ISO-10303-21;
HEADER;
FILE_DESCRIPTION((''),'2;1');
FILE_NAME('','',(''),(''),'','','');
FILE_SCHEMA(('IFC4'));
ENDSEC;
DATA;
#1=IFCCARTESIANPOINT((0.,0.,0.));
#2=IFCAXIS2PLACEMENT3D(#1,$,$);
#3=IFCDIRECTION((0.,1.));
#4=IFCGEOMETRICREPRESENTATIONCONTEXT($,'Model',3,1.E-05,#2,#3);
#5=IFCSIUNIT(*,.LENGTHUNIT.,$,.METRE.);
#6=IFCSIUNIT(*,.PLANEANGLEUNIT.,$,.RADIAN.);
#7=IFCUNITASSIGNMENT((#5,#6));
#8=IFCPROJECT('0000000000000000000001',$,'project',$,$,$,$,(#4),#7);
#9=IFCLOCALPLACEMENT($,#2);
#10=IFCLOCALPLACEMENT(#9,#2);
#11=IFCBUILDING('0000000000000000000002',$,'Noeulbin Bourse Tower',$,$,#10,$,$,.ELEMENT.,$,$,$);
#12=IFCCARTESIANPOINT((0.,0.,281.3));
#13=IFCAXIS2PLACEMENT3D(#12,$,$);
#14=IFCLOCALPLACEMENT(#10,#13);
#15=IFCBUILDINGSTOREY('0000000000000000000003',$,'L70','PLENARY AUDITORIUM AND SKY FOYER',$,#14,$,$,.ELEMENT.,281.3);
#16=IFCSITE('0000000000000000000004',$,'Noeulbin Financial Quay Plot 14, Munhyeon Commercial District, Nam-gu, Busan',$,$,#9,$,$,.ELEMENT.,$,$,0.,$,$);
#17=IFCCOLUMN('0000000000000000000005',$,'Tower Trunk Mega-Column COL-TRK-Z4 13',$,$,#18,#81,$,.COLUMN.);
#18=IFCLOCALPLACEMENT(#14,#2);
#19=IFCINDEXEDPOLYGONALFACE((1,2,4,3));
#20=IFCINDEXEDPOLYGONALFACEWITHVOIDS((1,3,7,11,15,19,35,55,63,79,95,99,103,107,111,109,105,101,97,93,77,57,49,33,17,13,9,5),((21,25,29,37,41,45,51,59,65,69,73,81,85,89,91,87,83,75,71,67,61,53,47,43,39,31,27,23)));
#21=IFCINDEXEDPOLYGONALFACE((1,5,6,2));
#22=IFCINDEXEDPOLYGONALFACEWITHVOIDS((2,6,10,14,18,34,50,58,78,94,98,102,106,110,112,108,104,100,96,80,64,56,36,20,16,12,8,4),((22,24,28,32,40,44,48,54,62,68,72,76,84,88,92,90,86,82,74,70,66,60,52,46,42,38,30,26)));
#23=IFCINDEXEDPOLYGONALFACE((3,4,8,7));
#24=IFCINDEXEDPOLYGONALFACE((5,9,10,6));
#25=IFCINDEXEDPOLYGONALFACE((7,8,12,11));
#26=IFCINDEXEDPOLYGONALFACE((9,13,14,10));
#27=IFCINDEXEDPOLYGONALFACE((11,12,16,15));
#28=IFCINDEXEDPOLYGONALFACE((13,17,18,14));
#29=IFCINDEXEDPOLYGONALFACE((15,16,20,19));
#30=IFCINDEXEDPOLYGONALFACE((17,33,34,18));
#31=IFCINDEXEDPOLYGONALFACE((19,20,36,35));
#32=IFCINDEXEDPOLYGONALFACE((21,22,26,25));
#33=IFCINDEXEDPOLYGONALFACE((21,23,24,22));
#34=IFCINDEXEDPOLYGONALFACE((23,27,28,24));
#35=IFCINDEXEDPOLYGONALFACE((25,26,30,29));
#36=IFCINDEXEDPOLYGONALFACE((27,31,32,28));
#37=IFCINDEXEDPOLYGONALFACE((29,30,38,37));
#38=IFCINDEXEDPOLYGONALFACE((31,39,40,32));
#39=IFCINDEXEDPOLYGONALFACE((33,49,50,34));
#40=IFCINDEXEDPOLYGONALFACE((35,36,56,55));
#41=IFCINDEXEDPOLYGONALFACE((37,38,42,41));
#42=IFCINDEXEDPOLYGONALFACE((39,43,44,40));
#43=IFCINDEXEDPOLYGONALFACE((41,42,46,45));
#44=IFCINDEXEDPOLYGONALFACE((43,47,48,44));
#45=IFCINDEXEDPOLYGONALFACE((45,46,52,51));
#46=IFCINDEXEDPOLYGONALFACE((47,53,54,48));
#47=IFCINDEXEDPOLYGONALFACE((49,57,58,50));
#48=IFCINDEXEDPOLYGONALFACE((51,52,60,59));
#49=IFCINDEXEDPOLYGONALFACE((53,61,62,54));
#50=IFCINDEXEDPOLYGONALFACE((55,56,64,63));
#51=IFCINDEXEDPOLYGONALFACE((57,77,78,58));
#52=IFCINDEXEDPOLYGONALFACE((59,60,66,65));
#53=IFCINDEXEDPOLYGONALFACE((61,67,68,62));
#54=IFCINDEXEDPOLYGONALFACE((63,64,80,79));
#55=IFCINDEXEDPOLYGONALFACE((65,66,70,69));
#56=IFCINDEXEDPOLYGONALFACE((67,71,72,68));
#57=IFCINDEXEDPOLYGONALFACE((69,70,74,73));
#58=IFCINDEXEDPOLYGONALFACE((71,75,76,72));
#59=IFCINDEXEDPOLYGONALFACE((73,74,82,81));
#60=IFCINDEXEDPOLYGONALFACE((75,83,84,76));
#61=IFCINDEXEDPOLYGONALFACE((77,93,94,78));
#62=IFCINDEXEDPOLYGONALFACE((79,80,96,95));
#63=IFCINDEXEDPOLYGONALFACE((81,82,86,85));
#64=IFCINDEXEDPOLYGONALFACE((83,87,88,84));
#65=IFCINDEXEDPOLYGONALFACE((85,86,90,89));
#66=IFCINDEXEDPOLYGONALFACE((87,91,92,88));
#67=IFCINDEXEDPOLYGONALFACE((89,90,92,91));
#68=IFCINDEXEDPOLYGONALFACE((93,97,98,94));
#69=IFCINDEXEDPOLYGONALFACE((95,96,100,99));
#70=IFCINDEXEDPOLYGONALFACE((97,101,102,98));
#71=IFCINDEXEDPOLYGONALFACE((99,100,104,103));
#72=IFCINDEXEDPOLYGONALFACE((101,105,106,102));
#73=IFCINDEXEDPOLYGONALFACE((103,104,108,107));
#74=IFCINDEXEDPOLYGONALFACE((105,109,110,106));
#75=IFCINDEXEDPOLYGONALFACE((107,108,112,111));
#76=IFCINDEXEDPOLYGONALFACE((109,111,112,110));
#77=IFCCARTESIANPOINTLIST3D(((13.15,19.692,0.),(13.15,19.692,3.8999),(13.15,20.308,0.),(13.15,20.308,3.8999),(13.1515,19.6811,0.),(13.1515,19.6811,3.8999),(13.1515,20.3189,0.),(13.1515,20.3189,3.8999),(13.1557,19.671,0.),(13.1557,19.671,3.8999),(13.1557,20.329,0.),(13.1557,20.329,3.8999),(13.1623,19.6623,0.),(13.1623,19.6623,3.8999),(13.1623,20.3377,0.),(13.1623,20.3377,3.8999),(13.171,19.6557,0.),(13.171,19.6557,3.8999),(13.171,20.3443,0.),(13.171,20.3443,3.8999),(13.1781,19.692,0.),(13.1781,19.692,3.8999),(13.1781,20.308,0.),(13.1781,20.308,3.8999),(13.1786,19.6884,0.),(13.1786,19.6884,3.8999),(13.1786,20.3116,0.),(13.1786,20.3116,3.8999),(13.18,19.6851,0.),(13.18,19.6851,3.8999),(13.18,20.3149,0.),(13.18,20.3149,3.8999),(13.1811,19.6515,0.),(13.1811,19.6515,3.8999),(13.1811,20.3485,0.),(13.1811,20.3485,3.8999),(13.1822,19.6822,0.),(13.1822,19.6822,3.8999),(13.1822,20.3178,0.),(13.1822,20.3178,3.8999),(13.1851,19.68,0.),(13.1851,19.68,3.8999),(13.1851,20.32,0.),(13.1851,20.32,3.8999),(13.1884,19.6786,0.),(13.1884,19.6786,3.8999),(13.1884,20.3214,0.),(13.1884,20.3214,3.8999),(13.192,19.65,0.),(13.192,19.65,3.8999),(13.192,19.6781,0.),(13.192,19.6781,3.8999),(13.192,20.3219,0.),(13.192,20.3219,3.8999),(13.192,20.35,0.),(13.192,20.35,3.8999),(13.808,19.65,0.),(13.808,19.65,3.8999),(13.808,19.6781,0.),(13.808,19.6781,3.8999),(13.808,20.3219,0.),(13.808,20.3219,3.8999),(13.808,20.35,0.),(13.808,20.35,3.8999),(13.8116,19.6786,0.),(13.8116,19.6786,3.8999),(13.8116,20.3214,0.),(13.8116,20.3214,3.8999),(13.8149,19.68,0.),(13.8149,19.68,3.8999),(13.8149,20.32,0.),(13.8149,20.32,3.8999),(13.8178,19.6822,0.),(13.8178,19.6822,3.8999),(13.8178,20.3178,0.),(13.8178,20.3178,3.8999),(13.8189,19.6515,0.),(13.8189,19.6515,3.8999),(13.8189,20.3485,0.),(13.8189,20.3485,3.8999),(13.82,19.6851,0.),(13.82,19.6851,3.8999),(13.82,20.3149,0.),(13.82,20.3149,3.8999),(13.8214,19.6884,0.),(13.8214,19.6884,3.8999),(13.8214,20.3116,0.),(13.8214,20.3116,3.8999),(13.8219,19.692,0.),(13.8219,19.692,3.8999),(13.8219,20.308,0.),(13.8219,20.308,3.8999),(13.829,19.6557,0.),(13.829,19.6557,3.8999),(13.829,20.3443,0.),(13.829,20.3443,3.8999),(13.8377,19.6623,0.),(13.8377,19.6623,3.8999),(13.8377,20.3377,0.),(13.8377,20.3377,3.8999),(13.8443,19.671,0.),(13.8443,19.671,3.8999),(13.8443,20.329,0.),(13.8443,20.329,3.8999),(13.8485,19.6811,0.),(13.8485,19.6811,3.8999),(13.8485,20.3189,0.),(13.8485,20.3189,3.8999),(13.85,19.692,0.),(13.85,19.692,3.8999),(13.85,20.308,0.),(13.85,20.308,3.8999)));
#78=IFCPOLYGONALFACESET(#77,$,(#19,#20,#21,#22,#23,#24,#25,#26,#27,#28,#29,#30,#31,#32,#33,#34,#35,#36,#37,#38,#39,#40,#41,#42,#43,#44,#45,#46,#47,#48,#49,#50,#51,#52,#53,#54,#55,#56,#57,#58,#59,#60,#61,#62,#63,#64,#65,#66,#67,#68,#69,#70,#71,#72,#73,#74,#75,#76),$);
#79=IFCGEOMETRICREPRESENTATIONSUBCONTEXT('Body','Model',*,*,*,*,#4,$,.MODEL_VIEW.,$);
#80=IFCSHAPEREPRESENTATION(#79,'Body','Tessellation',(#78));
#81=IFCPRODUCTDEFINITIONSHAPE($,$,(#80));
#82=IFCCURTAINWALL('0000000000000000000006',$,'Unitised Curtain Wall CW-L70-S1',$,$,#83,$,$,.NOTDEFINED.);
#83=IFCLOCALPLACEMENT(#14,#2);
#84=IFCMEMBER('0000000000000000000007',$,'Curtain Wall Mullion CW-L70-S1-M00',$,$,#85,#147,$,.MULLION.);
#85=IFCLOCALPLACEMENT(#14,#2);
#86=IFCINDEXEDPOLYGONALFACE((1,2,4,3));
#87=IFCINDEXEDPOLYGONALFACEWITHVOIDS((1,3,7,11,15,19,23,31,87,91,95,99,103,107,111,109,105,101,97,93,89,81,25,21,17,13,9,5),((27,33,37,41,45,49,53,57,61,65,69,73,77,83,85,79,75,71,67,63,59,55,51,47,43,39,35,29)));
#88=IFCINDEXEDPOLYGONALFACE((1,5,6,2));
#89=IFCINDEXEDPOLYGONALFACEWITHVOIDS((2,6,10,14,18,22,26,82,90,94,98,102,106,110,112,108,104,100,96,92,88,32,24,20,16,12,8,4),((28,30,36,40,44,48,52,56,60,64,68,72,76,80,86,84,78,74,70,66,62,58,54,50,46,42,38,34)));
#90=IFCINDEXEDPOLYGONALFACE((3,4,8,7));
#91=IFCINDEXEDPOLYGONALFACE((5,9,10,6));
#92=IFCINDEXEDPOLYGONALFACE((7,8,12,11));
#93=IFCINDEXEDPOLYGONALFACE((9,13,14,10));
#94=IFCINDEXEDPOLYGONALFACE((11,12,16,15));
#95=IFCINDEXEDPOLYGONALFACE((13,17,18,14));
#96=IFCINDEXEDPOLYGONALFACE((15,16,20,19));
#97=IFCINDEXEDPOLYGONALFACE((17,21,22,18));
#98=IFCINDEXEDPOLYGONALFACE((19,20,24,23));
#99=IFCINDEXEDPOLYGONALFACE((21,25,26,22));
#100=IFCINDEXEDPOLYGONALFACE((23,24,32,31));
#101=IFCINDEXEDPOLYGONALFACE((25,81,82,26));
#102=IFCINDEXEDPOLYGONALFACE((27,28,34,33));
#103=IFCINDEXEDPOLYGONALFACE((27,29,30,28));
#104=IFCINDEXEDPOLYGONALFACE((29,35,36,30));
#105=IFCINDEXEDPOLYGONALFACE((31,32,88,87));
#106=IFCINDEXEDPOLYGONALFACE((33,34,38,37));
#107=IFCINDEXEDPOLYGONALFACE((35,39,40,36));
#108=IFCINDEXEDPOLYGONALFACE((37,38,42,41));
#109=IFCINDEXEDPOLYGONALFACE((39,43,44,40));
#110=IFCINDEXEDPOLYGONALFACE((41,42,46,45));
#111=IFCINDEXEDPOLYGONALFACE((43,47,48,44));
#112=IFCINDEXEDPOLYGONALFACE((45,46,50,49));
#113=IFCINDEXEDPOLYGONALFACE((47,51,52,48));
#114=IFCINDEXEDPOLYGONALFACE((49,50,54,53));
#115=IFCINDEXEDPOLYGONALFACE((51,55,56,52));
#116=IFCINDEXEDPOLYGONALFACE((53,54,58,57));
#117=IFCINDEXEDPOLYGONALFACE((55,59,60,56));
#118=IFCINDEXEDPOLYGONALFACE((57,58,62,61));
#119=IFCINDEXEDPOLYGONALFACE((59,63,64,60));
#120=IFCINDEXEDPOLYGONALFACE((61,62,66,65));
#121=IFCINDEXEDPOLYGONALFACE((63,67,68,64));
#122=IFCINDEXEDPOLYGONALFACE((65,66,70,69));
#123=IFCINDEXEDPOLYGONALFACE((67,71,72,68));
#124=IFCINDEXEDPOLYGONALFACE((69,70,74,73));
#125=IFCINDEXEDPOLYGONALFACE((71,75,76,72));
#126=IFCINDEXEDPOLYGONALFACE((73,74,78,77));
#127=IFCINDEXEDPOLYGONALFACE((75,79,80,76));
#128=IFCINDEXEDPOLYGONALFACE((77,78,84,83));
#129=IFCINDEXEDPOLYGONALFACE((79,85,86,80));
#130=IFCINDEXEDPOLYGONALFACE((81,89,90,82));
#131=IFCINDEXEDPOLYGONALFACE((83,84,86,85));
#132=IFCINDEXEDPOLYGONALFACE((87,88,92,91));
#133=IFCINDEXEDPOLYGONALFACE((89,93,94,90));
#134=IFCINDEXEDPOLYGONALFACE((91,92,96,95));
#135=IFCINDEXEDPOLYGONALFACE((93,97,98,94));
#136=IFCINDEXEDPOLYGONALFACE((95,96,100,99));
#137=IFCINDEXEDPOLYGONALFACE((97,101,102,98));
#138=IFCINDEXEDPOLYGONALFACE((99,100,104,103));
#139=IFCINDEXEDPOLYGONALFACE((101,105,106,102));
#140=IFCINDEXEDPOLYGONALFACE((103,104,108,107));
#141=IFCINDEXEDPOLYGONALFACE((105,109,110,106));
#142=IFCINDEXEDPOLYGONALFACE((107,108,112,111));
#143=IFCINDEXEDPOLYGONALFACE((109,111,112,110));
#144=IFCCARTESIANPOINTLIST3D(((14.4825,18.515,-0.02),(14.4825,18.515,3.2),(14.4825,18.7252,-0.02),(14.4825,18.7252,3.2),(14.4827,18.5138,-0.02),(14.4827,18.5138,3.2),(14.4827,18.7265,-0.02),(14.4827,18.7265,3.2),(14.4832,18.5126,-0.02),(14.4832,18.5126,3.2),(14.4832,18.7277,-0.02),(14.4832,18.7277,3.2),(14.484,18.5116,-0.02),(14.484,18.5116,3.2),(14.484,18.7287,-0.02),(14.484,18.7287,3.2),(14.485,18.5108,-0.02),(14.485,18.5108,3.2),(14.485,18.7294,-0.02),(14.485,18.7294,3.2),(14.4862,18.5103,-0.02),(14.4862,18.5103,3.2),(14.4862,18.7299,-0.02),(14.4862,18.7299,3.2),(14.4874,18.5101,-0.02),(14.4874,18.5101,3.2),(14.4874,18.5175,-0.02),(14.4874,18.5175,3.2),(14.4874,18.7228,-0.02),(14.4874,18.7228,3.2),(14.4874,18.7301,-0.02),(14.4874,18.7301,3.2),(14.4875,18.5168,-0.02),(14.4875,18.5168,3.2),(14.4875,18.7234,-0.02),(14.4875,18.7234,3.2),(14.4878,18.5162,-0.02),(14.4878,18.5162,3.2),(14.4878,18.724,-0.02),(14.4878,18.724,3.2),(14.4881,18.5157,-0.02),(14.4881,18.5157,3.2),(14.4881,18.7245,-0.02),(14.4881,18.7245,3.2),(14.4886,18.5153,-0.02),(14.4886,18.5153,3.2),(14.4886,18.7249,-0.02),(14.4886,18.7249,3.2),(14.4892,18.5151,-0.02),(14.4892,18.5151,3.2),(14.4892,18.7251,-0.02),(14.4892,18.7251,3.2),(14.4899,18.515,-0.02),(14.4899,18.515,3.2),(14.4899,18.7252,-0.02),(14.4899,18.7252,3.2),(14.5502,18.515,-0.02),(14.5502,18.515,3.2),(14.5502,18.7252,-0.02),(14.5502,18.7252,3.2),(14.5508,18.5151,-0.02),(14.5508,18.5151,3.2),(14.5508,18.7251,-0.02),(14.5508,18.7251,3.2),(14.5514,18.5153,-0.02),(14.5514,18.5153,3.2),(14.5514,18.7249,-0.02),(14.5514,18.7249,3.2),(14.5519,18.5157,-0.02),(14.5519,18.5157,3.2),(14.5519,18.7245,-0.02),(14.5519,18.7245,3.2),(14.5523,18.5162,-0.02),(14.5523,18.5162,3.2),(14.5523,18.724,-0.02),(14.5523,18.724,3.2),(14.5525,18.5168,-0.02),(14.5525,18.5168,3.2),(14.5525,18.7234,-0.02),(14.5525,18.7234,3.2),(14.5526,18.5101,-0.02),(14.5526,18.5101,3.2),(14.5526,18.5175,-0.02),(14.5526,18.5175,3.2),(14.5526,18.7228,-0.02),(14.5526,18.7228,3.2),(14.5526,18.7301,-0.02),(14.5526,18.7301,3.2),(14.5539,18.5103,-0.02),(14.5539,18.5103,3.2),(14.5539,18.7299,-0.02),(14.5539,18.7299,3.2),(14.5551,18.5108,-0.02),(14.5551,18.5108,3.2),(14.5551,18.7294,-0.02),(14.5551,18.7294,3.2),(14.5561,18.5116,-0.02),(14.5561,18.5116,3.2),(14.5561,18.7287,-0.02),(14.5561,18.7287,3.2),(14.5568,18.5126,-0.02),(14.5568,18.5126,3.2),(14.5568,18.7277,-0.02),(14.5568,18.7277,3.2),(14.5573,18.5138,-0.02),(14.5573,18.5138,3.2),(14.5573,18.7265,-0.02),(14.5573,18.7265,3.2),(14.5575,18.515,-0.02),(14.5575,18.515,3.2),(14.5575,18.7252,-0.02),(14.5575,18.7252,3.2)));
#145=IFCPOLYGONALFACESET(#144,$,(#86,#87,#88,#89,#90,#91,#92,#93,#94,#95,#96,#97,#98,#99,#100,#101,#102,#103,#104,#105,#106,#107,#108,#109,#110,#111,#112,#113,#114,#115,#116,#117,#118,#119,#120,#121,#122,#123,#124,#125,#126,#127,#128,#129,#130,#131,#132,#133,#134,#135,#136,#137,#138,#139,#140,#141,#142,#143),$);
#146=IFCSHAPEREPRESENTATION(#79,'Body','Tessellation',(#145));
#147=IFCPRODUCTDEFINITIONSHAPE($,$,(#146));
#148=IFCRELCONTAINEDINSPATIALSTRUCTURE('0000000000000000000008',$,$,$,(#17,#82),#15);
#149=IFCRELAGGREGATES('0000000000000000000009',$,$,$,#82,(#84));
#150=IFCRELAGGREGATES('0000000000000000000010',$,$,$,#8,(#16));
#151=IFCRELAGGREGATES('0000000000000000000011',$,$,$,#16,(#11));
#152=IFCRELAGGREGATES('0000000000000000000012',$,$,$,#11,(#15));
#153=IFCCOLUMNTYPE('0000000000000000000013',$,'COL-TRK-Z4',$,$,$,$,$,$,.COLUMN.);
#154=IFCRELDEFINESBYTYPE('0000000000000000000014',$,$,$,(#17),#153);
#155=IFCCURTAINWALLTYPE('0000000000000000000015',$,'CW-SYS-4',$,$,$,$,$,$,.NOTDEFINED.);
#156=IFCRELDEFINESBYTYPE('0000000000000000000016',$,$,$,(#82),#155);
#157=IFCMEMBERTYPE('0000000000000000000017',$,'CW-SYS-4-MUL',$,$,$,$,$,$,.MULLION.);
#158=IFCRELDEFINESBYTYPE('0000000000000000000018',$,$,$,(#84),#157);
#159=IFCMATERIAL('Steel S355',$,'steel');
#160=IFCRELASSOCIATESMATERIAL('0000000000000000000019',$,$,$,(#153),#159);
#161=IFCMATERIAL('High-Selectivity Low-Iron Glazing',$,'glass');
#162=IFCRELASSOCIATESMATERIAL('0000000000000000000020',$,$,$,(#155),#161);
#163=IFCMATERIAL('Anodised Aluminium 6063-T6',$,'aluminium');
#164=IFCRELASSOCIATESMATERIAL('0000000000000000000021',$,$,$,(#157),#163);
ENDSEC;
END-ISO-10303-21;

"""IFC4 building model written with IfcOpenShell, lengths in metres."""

from ifc_helpers import new_model, si_unit, direction, frame, origin, origin_2d, place, context, subcontext, project, spatial, hollow_rectangle, extrude, material, material_profile, profile_set, type_object, element, aggregate, save


model = new_model("IFC4")

# Units and contexts
model_context = context("Model", 3, precision=1e-05, world=origin(), true_north=direction((0.0, 1.0)))
body_context = subcontext(model_context, "Body", "Model", "MODEL_VIEW")
ifc_project = project(units=[si_unit("LENGTHUNIT", "METRE"), si_unit("PLANEANGLEUNIT", "RADIAN")], contexts=[model_context])

# Site, building, storey
site_placement = place(None, origin())
site = spatial("IfcSite", under=ifc_project, at=site_placement, Name="Noeulbin Financial Quay Plot 14, Munhyeon Commercial District, Nam-gu, Busan", CompositionType="ELEMENT", RefElevation=0.0)
building_placement = place(site_placement, origin())
building = spatial("IfcBuilding", under=site, at=building_placement, Name="Noeulbin Bourse Tower", CompositionType="ELEMENT")
storey_placement = place(building_placement, frame((0.0, 0.0, 281.3)))
storey = spatial("IfcBuildingStorey", under=building, at=storey_placement, Name="L70", Description="PLENARY AUDITORIUM AND SKY FOYER", CompositionType="ELEMENT", Elevation=281.3)

# Column
ifc_material_1 = material(Name="Steel S355", Category="steel")
ifc_material_profile_1 = material_profile(ifc_material_1, hollow_rectangle(XDim=0.7, YDim=0.7, WallThickness=0.0281, InnerFilletRadius=0.0139, OuterFilletRadius=0.042, at=origin_2d()), Name="BOX-700x700x28", Category="LoadBearing")
ifc_profile_set_1 = profile_set([ifc_material_profile_1], Name="Steel S355")
column_type = type_object("IfcColumnType", Name="COL-TRK-Z4", PredefinedType="COLUMN", material=ifc_profile_set_1)
column_placement = place(storey_placement, frame((13.5, 20.0, 0.0), z_axis=(0.0, 0.0, 1.0), x_axis=(1.0, 0.0, 0.0)))
element("IfcColumn", 1, at=column_placement, inside=storey, type_object=column_type, Name="Tower Trunk Mega-Column COL-TRK-Z4 13", PredefinedType="COLUMN", context=body_context, shape_type="SweptSolid", body=[
    extrude(hollow_rectangle(XDim=0.7, YDim=0.7, WallThickness=0.0281, InnerFilletRadius=0.0139, OuterFilletRadius=0.042, at=origin_2d()), origin(), (0.0, 0.0, 1.0), 3.8999),
])

# Curtain wall, member
ifc_material_2 = material(Name="High-Selectivity Low-Iron Glazing", Category="glass")
curtain_wall_type = type_object("IfcCurtainWallType", Name="CW-SYS-4", PredefinedType="NOTDEFINED", material=ifc_material_2)
curtain_wall_1_placement = place(storey_placement, origin())
curtain_wall_1 = element("IfcCurtainWall", 2, at=curtain_wall_1_placement, inside=storey, type_object=curtain_wall_type, Name="Unitised Curtain Wall CW-L70-S1", PredefinedType="NOTDEFINED")
ifc_material_3 = material(Name="Anodised Aluminium 6063-T6", Category="aluminium")
ifc_material_profile_2 = material_profile(ifc_material_3, hollow_rectangle(XDim=0.075, YDim=0.22, WallThickness=0.0049, InnerFilletRadius=0.0024, OuterFilletRadius=0.0049, at=origin_2d()), Name="ALU-MULL-75x220x5", Category="LoadBearing")
ifc_profile_set_2 = profile_set([ifc_material_profile_2], Name="Anodised Aluminium 6063-T6")
member_type_1 = type_object("IfcMemberType", Name="CW-SYS-4-MUL", PredefinedType="MULLION", material=ifc_profile_set_2)
member_1_placement = place(storey_placement, frame((14.52, 18.6201, -0.02), z_axis=(0.0, 0.0, 1.0), x_axis=(1.0, 0.0, 0.0)))
member_1 = element("IfcMember", 3, at=member_1_placement, type_object=member_type_1, Name="Curtain Wall Mullion CW-L70-S1-M00", PredefinedType="MULLION", context=body_context, shape_type="SweptSolid", body=[
    extrude(hollow_rectangle(XDim=0.075, YDim=0.22, WallThickness=0.0049, InnerFilletRadius=0.0024, OuterFilletRadius=0.0049, at=origin_2d()), origin(), (0.0, 0.0, 1.0), 3.22),
])

aggregate(curtain_wall_1, [member_1])

save(model, "model.ifc")
